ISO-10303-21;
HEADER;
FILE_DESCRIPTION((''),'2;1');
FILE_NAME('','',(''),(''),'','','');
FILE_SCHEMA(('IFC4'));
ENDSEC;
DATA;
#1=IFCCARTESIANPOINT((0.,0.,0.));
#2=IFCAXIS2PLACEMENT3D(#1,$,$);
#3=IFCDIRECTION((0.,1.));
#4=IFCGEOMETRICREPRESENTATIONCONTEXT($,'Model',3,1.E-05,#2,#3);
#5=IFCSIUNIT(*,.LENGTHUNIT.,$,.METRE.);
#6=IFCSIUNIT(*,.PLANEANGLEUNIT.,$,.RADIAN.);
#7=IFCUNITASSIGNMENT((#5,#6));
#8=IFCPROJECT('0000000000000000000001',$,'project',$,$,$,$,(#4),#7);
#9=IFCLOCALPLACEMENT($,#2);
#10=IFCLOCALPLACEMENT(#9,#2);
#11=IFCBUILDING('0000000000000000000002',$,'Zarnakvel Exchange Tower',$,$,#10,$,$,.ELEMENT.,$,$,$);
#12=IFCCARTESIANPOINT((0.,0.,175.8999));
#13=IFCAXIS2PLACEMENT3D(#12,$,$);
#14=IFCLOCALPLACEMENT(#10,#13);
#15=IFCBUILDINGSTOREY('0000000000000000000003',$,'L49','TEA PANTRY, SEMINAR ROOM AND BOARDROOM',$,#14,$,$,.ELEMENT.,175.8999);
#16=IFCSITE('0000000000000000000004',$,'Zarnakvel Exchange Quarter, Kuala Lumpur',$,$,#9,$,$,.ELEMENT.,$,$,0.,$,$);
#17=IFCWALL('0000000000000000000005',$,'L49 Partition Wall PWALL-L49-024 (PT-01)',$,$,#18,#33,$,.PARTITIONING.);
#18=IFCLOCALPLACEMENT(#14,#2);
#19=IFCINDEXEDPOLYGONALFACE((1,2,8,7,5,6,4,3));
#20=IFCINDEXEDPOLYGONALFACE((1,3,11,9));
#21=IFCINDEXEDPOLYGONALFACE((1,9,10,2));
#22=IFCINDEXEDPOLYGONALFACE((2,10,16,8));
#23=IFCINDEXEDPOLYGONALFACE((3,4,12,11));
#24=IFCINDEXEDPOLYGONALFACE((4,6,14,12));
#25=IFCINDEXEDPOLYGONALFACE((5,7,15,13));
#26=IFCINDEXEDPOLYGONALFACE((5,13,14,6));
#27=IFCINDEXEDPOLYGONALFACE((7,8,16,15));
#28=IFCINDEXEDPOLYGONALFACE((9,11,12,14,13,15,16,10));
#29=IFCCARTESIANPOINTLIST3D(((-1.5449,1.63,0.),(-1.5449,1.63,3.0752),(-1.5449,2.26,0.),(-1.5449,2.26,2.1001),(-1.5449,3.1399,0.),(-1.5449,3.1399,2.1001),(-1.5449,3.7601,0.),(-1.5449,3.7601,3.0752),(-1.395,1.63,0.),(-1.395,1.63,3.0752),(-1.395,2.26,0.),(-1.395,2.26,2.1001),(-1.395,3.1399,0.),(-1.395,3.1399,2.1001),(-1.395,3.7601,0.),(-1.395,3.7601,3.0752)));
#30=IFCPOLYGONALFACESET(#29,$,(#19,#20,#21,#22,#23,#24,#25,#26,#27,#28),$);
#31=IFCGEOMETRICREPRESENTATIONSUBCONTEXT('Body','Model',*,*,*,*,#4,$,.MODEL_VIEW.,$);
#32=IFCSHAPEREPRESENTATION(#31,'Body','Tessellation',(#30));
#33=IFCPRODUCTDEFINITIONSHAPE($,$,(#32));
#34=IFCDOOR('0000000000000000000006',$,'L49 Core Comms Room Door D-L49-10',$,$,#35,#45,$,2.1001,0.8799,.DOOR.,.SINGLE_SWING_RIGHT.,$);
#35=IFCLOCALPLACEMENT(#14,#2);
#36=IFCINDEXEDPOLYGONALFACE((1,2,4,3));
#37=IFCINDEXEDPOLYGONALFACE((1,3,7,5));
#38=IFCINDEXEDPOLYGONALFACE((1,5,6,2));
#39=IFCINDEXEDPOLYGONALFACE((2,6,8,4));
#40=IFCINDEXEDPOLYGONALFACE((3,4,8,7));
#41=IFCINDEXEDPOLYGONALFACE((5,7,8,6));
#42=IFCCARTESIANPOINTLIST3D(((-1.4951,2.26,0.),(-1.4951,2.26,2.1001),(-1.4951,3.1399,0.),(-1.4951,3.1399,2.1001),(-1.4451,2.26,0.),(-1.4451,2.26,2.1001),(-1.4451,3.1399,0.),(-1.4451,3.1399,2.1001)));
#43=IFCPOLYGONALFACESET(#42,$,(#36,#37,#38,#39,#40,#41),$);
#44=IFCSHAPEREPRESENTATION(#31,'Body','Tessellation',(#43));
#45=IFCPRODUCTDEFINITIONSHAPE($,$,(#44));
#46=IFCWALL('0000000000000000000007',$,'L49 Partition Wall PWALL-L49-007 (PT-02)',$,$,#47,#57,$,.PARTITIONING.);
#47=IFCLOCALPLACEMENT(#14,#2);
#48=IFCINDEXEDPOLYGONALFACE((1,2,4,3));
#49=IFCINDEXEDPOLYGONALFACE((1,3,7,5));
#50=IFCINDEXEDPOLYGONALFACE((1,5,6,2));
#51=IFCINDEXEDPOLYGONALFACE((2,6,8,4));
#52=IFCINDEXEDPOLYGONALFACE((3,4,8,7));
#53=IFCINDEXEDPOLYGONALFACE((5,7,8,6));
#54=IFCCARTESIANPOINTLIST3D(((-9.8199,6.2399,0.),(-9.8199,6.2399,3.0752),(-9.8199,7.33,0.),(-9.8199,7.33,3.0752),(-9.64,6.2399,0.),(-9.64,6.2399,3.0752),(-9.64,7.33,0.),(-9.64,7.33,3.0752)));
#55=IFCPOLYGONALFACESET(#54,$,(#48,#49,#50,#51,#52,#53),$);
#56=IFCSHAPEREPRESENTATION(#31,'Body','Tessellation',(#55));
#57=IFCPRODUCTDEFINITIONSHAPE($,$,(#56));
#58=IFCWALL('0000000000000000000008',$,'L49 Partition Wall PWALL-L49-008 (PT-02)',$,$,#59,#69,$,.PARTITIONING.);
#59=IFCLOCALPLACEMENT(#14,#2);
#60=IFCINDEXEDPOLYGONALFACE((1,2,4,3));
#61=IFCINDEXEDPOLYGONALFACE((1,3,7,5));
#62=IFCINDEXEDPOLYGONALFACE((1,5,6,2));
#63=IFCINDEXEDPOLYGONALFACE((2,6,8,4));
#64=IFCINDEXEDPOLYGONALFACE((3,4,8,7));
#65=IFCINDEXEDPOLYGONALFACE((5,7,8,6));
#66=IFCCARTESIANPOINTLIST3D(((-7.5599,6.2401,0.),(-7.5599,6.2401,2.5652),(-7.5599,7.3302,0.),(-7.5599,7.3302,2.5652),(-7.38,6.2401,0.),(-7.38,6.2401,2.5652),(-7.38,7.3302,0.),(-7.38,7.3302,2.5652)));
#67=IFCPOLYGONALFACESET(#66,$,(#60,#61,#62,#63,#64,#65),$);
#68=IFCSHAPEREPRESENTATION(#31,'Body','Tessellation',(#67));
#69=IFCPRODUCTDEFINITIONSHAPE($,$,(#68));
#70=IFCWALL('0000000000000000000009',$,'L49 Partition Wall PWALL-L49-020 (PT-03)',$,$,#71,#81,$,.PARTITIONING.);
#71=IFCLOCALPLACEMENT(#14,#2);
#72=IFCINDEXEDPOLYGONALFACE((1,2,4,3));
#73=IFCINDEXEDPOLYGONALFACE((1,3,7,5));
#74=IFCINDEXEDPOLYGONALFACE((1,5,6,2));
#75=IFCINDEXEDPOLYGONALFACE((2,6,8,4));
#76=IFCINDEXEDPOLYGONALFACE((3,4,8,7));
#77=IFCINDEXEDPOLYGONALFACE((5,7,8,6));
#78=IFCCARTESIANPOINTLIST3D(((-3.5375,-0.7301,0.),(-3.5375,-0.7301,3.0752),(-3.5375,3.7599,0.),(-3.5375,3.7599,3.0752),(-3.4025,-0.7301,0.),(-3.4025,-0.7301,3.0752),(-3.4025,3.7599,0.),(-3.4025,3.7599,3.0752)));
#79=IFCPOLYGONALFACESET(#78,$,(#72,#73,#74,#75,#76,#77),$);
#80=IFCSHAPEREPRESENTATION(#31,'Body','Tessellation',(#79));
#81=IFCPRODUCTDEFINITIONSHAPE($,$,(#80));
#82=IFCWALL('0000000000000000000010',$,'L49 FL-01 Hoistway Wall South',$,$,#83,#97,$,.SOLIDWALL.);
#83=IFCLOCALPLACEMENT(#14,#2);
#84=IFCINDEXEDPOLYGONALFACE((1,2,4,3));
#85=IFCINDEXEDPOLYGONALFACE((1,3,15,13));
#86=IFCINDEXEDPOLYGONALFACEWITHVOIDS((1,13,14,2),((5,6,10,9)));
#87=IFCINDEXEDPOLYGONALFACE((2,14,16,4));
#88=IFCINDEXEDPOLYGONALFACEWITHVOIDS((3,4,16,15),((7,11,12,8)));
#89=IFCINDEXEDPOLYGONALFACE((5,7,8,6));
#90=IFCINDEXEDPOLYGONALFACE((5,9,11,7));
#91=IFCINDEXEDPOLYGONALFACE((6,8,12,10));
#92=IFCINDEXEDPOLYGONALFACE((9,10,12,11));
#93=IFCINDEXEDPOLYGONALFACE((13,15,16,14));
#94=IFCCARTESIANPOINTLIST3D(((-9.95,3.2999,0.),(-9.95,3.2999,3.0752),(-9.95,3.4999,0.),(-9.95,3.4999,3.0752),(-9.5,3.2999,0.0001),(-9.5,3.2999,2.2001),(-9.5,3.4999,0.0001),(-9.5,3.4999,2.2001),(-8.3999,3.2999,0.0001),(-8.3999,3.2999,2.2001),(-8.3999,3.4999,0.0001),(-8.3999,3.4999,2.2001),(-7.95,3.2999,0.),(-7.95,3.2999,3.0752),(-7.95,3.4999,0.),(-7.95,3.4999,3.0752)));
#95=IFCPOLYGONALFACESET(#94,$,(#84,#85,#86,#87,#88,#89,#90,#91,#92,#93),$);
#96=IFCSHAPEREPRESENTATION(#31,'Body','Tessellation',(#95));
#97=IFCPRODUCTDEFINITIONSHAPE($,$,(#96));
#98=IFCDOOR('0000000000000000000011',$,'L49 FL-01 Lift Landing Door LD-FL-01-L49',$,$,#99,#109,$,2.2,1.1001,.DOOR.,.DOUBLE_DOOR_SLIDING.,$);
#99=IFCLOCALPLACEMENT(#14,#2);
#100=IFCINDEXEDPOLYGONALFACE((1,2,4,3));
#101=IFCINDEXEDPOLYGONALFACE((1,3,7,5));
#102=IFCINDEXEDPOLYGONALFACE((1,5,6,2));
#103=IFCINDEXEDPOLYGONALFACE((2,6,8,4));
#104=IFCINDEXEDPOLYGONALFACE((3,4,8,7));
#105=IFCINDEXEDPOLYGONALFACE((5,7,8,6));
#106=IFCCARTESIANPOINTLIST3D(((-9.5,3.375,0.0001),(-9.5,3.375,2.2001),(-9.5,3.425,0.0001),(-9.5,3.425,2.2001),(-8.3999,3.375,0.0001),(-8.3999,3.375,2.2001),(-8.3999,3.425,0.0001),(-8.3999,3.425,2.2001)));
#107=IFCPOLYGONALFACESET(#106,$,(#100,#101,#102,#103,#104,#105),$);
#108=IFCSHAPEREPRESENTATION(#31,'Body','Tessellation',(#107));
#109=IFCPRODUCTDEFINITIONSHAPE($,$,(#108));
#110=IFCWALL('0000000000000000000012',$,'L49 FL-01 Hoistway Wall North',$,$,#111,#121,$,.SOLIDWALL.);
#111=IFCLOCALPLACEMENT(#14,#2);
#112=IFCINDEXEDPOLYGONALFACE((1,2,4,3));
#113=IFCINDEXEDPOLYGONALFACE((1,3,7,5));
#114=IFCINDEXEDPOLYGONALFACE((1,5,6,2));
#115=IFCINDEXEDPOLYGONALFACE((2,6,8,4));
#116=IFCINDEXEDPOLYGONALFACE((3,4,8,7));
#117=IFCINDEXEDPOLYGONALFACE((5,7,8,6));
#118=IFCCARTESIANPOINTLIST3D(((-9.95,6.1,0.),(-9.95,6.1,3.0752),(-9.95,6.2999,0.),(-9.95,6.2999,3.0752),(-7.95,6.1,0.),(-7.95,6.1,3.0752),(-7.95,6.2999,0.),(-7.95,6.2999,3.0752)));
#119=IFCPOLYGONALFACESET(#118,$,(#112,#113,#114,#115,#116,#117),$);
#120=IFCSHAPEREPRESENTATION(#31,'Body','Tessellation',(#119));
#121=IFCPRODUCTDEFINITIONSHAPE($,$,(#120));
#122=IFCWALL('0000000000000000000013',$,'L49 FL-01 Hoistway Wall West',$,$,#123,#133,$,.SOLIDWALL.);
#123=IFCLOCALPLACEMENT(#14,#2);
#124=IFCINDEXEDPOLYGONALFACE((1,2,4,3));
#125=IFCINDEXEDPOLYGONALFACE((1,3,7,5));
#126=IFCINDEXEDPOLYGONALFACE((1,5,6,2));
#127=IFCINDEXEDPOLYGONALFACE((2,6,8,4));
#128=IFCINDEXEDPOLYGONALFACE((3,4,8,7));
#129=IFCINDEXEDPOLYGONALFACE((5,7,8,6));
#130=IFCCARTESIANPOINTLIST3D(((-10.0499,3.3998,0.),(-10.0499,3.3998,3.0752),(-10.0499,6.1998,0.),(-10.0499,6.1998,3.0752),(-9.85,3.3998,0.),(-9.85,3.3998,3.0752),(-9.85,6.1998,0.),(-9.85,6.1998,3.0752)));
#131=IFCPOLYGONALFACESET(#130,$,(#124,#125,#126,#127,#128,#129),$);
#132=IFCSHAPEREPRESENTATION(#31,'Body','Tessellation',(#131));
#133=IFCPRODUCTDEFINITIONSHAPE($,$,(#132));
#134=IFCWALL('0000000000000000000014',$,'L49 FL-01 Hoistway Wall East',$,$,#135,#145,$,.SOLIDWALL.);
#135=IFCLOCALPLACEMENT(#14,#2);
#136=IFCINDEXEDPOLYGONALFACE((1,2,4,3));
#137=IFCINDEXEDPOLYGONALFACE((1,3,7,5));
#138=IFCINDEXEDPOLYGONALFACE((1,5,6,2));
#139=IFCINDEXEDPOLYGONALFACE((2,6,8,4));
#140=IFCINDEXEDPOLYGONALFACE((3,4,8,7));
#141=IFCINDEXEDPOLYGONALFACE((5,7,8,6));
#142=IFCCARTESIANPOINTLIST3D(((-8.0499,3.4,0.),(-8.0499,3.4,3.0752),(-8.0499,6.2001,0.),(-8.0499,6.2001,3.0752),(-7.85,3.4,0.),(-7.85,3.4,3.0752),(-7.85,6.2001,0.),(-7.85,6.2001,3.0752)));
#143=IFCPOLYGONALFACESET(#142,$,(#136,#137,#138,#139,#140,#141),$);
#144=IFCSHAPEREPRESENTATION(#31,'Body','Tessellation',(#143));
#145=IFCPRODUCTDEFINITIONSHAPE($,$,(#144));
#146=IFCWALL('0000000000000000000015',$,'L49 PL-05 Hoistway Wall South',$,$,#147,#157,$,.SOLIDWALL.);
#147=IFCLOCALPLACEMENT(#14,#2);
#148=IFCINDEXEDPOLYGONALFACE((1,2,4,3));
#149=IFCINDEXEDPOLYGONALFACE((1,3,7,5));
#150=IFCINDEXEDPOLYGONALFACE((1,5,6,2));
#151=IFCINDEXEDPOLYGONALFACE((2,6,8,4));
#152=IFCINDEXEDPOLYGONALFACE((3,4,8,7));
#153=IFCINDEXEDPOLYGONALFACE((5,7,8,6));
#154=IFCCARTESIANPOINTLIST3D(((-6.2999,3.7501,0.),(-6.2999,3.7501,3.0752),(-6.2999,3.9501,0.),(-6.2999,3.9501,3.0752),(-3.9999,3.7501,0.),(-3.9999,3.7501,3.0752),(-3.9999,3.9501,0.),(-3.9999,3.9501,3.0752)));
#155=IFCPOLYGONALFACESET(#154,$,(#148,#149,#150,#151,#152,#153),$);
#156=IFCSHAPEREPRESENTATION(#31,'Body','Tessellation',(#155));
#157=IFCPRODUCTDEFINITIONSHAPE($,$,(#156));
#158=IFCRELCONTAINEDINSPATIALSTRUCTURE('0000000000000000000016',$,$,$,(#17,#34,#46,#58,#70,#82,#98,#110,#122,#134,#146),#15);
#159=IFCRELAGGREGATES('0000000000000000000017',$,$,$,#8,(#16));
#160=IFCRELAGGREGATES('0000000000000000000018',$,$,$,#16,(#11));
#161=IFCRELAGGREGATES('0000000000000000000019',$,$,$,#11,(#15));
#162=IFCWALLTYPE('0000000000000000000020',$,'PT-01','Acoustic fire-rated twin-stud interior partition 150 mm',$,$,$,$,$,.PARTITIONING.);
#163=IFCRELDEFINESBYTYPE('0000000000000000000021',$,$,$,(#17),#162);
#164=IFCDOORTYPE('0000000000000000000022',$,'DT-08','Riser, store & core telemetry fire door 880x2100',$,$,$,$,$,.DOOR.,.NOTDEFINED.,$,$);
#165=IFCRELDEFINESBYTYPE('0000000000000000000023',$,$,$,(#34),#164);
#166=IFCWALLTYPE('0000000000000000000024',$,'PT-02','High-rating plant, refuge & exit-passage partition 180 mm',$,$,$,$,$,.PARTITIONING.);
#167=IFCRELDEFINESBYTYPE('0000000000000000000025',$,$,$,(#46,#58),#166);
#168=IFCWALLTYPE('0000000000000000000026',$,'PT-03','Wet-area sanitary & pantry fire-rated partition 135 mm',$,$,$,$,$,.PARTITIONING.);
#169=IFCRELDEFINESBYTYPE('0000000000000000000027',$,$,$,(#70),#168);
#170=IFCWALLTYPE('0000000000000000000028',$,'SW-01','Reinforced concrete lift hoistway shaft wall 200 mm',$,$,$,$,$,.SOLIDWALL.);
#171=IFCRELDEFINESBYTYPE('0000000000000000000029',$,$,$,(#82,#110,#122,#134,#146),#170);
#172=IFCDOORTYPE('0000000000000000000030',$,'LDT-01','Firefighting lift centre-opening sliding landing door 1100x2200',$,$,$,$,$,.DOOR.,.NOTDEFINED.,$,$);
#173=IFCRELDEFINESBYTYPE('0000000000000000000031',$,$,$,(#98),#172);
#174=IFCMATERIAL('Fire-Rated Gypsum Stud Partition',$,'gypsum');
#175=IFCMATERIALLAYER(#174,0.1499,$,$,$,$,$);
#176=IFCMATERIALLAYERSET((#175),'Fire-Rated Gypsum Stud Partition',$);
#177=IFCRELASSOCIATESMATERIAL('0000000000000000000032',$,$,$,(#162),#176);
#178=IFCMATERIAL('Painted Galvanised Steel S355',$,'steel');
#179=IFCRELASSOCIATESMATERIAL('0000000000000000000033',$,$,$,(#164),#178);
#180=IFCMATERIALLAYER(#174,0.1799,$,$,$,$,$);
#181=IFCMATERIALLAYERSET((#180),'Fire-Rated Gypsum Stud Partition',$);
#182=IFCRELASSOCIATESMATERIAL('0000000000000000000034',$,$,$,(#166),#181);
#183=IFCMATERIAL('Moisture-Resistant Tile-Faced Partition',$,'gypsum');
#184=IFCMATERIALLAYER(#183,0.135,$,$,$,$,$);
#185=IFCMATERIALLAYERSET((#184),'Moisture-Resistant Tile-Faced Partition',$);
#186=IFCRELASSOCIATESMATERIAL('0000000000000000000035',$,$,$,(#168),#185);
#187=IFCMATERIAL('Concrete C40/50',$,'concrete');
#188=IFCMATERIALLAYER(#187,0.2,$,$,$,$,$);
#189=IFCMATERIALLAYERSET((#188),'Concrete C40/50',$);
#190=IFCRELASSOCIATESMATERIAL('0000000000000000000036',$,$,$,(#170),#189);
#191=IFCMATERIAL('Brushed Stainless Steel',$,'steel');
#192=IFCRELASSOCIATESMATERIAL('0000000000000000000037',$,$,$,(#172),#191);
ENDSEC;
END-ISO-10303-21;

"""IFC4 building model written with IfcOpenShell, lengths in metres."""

from ifc_helpers import new_model, si_unit, direction, frame, frame_2d, origin, place, context, subcontext, project, spatial, rectangle, extrude, source, transform, mapped, material, layer, layer_set, type_object, element, fill, save


model = new_model("IFC4")

# Units and contexts
model_context = context("Model", 3, precision=1e-05, world=origin(), true_north=direction((0.0, 1.0)))
body_context = subcontext(model_context, "Body", "Model", "MODEL_VIEW")
ifc_project = project(units=[si_unit("LENGTHUNIT", "METRE"), si_unit("PLANEANGLEUNIT", "RADIAN")], contexts=[model_context])

# Site, building, storey
site_placement = place(None, origin())
site = spatial("IfcSite", under=ifc_project, at=site_placement, Name="Zarnakvel Exchange Quarter, Kuala Lumpur", CompositionType="ELEMENT", RefElevation=0.0)
building_placement = place(site_placement, origin())
building = spatial("IfcBuilding", under=site, at=building_placement, Name="Zarnakvel Exchange Tower", CompositionType="ELEMENT")
storey_placement = place(building_placement, frame((0.0, 0.0, 175.8999)))
storey = spatial("IfcBuildingStorey", under=building, at=storey_placement, Name="L49", Description="TEA PANTRY, SEMINAR ROOM AND BOARDROOM", CompositionType="ELEMENT", Elevation=175.8999)

# Wall, opening, door
ifc_material_1 = material(Name="Fire-Rated Gypsum Stud Partition", Category="gypsum")
ifc_layer_1 = layer(ifc_material_1, 0.1499)
ifc_layer_set_1 = layer_set([ifc_layer_1], Name="Fire-Rated Gypsum Stud Partition")
wall_type_1 = type_object("IfcWallType", Name="PT-01", Description="Acoustic fire-rated twin-stud interior partition 150 mm", PredefinedType="PARTITIONING", material=ifc_layer_set_1)
wall_1_placement = place(storey_placement, frame((-1.47, 3.76, 0.0), z_axis=(0.0, 0.0, 1.0), x_axis=(0.0, -1.0, 0.0)))
wall_1 = element("IfcWall", 1, at=wall_1_placement, inside=storey, type_object=wall_type_1, Name="L49 Partition Wall PWALL-L49-024 (PT-01)", PredefinedType="PARTITIONING", context=body_context, shape_type="SweptSolid", body=[
    extrude(rectangle(XDim=2.1301, YDim=0.1499, at=frame_2d((1.0649, 0.0))), origin(), (0.0, 0.0, 1.0), 3.0752),
])
opening_1_placement = place(wall_1_placement, frame((0.6201, 0.0, 0.0)))
opening_1 = element("IfcOpeningElement", 2, at=opening_1_placement, cuts=wall_1, PredefinedType="OPENING", context=body_context, shape_type="SweptSolid", body=[
    extrude(rectangle(XDim=0.8799, YDim=2.1001, at=frame_2d((0.4399, 1.05))), frame((0.0, 0.085, 0.0), z_axis=(0.0, -1.0, 0.0), x_axis=(1.0, 0.0, 0.0)), (0.0, 0.0, 1.0), 0.1699),
])
ifc_material_2 = material(Name="Painted Galvanised Steel S355", Category="steel")
door_type_1 = type_object("IfcDoorType", Name="DT-08", Description="Riser, store & core telemetry fire door 880x2100", OperationType="NOTDEFINED", PredefinedType="DOOR", material=ifc_material_2)
shared_shape_1 = source(origin(), body_context, "Body", "SweptSolid", [
    extrude(rectangle(XDim=0.8799, YDim=2.1001, at=frame_2d((0.4399, 1.05))), frame((0.0, 0.0249, 0.0), z_axis=(0.0, -1.0, 0.0), x_axis=(1.0, 0.0, 0.0)), (0.0, 0.0, 1.0), 0.05),
])
door_1_placement = place(opening_1_placement, origin())
door_1 = element("IfcDoor", 3, at=door_1_placement, inside=storey, type_object=door_type_1, Name="L49 Core Comms Room Door D-L49-10", OperationType="SINGLE_SWING_RIGHT", OverallHeight=2.1001, OverallWidth=0.8799, PredefinedType="DOOR", context=body_context, shape_type="MappedRepresentation", body=[
    mapped(shared_shape_1, transform((0.0, 0.0, 0.0), x_axis=(1.0, 0.0, 0.0), y_axis=(0.0, 1.0, 0.0), z_axis=(0.0, 0.0, 1.0), scale=1.0)),
])
fill(opening_1, door_1)

# Walls
ifc_layer_2 = layer(ifc_material_1, 0.1799)
ifc_layer_set_2 = layer_set([ifc_layer_2], Name="Fire-Rated Gypsum Stud Partition")
wall_type_2 = type_object("IfcWallType", Name="PT-02", Description="High-rating plant, refuge & exit-passage partition 180 mm", PredefinedType="PARTITIONING", material=ifc_layer_set_2)
wall_2_placement = place(storey_placement, frame((-9.73, 6.24, 0.0), z_axis=(0.0, 0.0, 1.0), x_axis=(0.0, 1.0, 0.0)))
element("IfcWall", 4, at=wall_2_placement, inside=storey, type_object=wall_type_2, Name="L49 Partition Wall PWALL-L49-007 (PT-02)", PredefinedType="PARTITIONING", context=body_context, shape_type="SweptSolid", body=[
    extrude(rectangle(XDim=1.0901, YDim=0.1799, at=frame_2d((0.5449, 0.0))), origin(), (0.0, 0.0, 1.0), 3.0752),
])
wall_3_placement = place(storey_placement, frame((-7.47, 7.3301, 0.0), z_axis=(0.0, 0.0, 1.0), x_axis=(0.0, -1.0, 0.0)))
element("IfcWall", 5, at=wall_3_placement, inside=storey, type_object=wall_type_2, Name="L49 Partition Wall PWALL-L49-008 (PT-02)", PredefinedType="PARTITIONING", context=body_context, shape_type="SweptSolid", body=[
    extrude(rectangle(XDim=1.0901, YDim=0.1799, at=frame_2d((0.5449, 0.0))), origin(), (0.0, 0.0, 1.0), 2.5652),
])
ifc_material_3 = material(Name="Moisture-Resistant Tile-Faced Partition", Category="gypsum")
ifc_layer_3 = layer(ifc_material_3, 0.135)
ifc_layer_set_3 = layer_set([ifc_layer_3], Name="Moisture-Resistant Tile-Faced Partition")
wall_type_3 = type_object("IfcWallType", Name="PT-03", Description="Wet-area sanitary & pantry fire-rated partition 135 mm", PredefinedType="PARTITIONING", material=ifc_layer_set_3)
wall_4_placement = place(storey_placement, frame((-3.47, 3.76, 0.0), z_axis=(0.0, 0.0, 1.0), x_axis=(0.0, -1.0, 0.0)))
element("IfcWall", 6, at=wall_4_placement, inside=storey, type_object=wall_type_3, Name="L49 Partition Wall PWALL-L49-020 (PT-03)", PredefinedType="PARTITIONING", context=body_context, shape_type="SweptSolid", body=[
    extrude(rectangle(XDim=4.49, YDim=0.135, at=frame_2d((2.2451, 0.0))), origin(), (0.0, 0.0, 1.0), 3.0752),
])

# Wall, opening, door
ifc_material_4 = material(Name="Concrete C40/50", Category="concrete")
ifc_layer_4 = layer(ifc_material_4, 0.2)
ifc_layer_set_4 = layer_set([ifc_layer_4], Name="Concrete C40/50")
wall_type_4 = type_object("IfcWallType", Name="SW-01", Description="Reinforced concrete lift hoistway shaft wall 200 mm", PredefinedType="SOLIDWALL", material=ifc_layer_set_4)
wall_5_placement = place(storey_placement, frame((-7.95, 3.3999, 0.0), z_axis=(0.0, 0.0, 1.0), x_axis=(-1.0, 0.0, 0.0)))
wall_5 = element("IfcWall", 7, at=wall_5_placement, inside=storey, type_object=wall_type_4, Name="L49 FL-01 Hoistway Wall South", PredefinedType="SOLIDWALL", context=body_context, shape_type="SweptSolid", body=[
    extrude(rectangle(XDim=2.0, YDim=0.2, at=frame_2d((1.0, 0.0))), origin(), (0.0, 0.0, 1.0), 3.0752),
])
opening_2_placement = place(wall_5_placement, frame((0.45, 0.0, 0.0)))
opening_2 = element("IfcOpeningElement", 8, at=opening_2_placement, cuts=wall_5, PredefinedType="OPENING", context=body_context, shape_type="SweptSolid", body=[
    extrude(rectangle(XDim=1.1001, YDim=2.2, at=frame_2d((0.55, 1.1001))), frame((0.0, 0.1099, 0.0), z_axis=(0.0, -1.0, 0.0), x_axis=(1.0, 0.0, 0.0)), (0.0, 0.0, 1.0), 0.22),
])
ifc_material_5 = material(Name="Brushed Stainless Steel", Category="steel")
door_type_2 = type_object("IfcDoorType", Name="LDT-01", Description="Firefighting lift centre-opening sliding landing door 1100x2200", OperationType="NOTDEFINED", PredefinedType="DOOR", material=ifc_material_5)
shared_shape_2 = source(origin(), body_context, "Body", "SweptSolid", [
    extrude(rectangle(XDim=1.1001, YDim=2.2, at=frame_2d((0.55, 1.1001))), frame((0.0, 0.0249, 0.0), z_axis=(0.0, -1.0, 0.0), x_axis=(1.0, 0.0, 0.0)), (0.0, 0.0, 1.0), 0.05),
])
door_2_placement = place(opening_2_placement, origin())
door_2 = element("IfcDoor", 9, at=door_2_placement, inside=storey, type_object=door_type_2, Name="L49 FL-01 Lift Landing Door LD-FL-01-L49", OperationType="DOUBLE_DOOR_SLIDING", OverallHeight=2.2, OverallWidth=1.1001, PredefinedType="DOOR", context=body_context, shape_type="MappedRepresentation", body=[
    mapped(shared_shape_2, transform((0.0, 0.0, 0.0), x_axis=(1.0, 0.0, 0.0), y_axis=(0.0, 1.0, 0.0), z_axis=(0.0, 0.0, 1.0), scale=1.0)),
])
fill(opening_2, door_2)

# Walls
wall_6_placement = place(storey_placement, frame((-9.95, 6.2, 0.0), z_axis=(0.0, 0.0, 1.0), x_axis=(1.0, 0.0, 0.0)))
element("IfcWall", 10, at=wall_6_placement, inside=storey, type_object=wall_type_4, Name="L49 FL-01 Hoistway Wall North", PredefinedType="SOLIDWALL", context=body_context, shape_type="SweptSolid", body=[
    extrude(rectangle(XDim=2.0, YDim=0.2, at=frame_2d((1.0, 0.0))), origin(), (0.0, 0.0, 1.0), 3.0752),
])
for number, where, z_axis, x_axis, name in (
    (11, (-9.95, 3.3999, 0.0), (0.0, 0.0, 1.0), (0.0, 1.0, 0.0), "L49 FL-01 Hoistway Wall West"),
    (12, (-7.95, 6.2, 0.0), (0.0, 0.0, 1.0), (0.0, -1.0, 0.0), "L49 FL-01 Hoistway Wall East"),
):
    element("IfcWall", number, at=place(storey_placement, frame(where, z_axis=z_axis, x_axis=x_axis)), inside=storey, type_object=wall_type_4, Name=name, PredefinedType="SOLIDWALL", context=body_context, shape_type="SweptSolid", body=[
        extrude(rectangle(XDim=2.8, YDim=0.2, at=frame_2d((1.3999, 0.0))), origin(), (0.0, 0.0, 1.0), 3.0752),
    ])
wall_7_placement = place(storey_placement, frame((-4.0, 3.8501, 0.0), z_axis=(0.0, 0.0, 1.0), x_axis=(-1.0, 0.0, 0.0)))
element("IfcWall", 13, at=wall_7_placement, inside=storey, type_object=wall_type_4, Name="L49 PL-05 Hoistway Wall South", PredefinedType="SOLIDWALL", context=body_context, shape_type="SweptSolid", body=[
    extrude(rectangle(XDim=2.3, YDim=0.2, at=frame_2d((1.1499, 0.0))), origin(), (0.0, 0.0, 1.0), 3.0752),
])

save(model, "model.ifc")
